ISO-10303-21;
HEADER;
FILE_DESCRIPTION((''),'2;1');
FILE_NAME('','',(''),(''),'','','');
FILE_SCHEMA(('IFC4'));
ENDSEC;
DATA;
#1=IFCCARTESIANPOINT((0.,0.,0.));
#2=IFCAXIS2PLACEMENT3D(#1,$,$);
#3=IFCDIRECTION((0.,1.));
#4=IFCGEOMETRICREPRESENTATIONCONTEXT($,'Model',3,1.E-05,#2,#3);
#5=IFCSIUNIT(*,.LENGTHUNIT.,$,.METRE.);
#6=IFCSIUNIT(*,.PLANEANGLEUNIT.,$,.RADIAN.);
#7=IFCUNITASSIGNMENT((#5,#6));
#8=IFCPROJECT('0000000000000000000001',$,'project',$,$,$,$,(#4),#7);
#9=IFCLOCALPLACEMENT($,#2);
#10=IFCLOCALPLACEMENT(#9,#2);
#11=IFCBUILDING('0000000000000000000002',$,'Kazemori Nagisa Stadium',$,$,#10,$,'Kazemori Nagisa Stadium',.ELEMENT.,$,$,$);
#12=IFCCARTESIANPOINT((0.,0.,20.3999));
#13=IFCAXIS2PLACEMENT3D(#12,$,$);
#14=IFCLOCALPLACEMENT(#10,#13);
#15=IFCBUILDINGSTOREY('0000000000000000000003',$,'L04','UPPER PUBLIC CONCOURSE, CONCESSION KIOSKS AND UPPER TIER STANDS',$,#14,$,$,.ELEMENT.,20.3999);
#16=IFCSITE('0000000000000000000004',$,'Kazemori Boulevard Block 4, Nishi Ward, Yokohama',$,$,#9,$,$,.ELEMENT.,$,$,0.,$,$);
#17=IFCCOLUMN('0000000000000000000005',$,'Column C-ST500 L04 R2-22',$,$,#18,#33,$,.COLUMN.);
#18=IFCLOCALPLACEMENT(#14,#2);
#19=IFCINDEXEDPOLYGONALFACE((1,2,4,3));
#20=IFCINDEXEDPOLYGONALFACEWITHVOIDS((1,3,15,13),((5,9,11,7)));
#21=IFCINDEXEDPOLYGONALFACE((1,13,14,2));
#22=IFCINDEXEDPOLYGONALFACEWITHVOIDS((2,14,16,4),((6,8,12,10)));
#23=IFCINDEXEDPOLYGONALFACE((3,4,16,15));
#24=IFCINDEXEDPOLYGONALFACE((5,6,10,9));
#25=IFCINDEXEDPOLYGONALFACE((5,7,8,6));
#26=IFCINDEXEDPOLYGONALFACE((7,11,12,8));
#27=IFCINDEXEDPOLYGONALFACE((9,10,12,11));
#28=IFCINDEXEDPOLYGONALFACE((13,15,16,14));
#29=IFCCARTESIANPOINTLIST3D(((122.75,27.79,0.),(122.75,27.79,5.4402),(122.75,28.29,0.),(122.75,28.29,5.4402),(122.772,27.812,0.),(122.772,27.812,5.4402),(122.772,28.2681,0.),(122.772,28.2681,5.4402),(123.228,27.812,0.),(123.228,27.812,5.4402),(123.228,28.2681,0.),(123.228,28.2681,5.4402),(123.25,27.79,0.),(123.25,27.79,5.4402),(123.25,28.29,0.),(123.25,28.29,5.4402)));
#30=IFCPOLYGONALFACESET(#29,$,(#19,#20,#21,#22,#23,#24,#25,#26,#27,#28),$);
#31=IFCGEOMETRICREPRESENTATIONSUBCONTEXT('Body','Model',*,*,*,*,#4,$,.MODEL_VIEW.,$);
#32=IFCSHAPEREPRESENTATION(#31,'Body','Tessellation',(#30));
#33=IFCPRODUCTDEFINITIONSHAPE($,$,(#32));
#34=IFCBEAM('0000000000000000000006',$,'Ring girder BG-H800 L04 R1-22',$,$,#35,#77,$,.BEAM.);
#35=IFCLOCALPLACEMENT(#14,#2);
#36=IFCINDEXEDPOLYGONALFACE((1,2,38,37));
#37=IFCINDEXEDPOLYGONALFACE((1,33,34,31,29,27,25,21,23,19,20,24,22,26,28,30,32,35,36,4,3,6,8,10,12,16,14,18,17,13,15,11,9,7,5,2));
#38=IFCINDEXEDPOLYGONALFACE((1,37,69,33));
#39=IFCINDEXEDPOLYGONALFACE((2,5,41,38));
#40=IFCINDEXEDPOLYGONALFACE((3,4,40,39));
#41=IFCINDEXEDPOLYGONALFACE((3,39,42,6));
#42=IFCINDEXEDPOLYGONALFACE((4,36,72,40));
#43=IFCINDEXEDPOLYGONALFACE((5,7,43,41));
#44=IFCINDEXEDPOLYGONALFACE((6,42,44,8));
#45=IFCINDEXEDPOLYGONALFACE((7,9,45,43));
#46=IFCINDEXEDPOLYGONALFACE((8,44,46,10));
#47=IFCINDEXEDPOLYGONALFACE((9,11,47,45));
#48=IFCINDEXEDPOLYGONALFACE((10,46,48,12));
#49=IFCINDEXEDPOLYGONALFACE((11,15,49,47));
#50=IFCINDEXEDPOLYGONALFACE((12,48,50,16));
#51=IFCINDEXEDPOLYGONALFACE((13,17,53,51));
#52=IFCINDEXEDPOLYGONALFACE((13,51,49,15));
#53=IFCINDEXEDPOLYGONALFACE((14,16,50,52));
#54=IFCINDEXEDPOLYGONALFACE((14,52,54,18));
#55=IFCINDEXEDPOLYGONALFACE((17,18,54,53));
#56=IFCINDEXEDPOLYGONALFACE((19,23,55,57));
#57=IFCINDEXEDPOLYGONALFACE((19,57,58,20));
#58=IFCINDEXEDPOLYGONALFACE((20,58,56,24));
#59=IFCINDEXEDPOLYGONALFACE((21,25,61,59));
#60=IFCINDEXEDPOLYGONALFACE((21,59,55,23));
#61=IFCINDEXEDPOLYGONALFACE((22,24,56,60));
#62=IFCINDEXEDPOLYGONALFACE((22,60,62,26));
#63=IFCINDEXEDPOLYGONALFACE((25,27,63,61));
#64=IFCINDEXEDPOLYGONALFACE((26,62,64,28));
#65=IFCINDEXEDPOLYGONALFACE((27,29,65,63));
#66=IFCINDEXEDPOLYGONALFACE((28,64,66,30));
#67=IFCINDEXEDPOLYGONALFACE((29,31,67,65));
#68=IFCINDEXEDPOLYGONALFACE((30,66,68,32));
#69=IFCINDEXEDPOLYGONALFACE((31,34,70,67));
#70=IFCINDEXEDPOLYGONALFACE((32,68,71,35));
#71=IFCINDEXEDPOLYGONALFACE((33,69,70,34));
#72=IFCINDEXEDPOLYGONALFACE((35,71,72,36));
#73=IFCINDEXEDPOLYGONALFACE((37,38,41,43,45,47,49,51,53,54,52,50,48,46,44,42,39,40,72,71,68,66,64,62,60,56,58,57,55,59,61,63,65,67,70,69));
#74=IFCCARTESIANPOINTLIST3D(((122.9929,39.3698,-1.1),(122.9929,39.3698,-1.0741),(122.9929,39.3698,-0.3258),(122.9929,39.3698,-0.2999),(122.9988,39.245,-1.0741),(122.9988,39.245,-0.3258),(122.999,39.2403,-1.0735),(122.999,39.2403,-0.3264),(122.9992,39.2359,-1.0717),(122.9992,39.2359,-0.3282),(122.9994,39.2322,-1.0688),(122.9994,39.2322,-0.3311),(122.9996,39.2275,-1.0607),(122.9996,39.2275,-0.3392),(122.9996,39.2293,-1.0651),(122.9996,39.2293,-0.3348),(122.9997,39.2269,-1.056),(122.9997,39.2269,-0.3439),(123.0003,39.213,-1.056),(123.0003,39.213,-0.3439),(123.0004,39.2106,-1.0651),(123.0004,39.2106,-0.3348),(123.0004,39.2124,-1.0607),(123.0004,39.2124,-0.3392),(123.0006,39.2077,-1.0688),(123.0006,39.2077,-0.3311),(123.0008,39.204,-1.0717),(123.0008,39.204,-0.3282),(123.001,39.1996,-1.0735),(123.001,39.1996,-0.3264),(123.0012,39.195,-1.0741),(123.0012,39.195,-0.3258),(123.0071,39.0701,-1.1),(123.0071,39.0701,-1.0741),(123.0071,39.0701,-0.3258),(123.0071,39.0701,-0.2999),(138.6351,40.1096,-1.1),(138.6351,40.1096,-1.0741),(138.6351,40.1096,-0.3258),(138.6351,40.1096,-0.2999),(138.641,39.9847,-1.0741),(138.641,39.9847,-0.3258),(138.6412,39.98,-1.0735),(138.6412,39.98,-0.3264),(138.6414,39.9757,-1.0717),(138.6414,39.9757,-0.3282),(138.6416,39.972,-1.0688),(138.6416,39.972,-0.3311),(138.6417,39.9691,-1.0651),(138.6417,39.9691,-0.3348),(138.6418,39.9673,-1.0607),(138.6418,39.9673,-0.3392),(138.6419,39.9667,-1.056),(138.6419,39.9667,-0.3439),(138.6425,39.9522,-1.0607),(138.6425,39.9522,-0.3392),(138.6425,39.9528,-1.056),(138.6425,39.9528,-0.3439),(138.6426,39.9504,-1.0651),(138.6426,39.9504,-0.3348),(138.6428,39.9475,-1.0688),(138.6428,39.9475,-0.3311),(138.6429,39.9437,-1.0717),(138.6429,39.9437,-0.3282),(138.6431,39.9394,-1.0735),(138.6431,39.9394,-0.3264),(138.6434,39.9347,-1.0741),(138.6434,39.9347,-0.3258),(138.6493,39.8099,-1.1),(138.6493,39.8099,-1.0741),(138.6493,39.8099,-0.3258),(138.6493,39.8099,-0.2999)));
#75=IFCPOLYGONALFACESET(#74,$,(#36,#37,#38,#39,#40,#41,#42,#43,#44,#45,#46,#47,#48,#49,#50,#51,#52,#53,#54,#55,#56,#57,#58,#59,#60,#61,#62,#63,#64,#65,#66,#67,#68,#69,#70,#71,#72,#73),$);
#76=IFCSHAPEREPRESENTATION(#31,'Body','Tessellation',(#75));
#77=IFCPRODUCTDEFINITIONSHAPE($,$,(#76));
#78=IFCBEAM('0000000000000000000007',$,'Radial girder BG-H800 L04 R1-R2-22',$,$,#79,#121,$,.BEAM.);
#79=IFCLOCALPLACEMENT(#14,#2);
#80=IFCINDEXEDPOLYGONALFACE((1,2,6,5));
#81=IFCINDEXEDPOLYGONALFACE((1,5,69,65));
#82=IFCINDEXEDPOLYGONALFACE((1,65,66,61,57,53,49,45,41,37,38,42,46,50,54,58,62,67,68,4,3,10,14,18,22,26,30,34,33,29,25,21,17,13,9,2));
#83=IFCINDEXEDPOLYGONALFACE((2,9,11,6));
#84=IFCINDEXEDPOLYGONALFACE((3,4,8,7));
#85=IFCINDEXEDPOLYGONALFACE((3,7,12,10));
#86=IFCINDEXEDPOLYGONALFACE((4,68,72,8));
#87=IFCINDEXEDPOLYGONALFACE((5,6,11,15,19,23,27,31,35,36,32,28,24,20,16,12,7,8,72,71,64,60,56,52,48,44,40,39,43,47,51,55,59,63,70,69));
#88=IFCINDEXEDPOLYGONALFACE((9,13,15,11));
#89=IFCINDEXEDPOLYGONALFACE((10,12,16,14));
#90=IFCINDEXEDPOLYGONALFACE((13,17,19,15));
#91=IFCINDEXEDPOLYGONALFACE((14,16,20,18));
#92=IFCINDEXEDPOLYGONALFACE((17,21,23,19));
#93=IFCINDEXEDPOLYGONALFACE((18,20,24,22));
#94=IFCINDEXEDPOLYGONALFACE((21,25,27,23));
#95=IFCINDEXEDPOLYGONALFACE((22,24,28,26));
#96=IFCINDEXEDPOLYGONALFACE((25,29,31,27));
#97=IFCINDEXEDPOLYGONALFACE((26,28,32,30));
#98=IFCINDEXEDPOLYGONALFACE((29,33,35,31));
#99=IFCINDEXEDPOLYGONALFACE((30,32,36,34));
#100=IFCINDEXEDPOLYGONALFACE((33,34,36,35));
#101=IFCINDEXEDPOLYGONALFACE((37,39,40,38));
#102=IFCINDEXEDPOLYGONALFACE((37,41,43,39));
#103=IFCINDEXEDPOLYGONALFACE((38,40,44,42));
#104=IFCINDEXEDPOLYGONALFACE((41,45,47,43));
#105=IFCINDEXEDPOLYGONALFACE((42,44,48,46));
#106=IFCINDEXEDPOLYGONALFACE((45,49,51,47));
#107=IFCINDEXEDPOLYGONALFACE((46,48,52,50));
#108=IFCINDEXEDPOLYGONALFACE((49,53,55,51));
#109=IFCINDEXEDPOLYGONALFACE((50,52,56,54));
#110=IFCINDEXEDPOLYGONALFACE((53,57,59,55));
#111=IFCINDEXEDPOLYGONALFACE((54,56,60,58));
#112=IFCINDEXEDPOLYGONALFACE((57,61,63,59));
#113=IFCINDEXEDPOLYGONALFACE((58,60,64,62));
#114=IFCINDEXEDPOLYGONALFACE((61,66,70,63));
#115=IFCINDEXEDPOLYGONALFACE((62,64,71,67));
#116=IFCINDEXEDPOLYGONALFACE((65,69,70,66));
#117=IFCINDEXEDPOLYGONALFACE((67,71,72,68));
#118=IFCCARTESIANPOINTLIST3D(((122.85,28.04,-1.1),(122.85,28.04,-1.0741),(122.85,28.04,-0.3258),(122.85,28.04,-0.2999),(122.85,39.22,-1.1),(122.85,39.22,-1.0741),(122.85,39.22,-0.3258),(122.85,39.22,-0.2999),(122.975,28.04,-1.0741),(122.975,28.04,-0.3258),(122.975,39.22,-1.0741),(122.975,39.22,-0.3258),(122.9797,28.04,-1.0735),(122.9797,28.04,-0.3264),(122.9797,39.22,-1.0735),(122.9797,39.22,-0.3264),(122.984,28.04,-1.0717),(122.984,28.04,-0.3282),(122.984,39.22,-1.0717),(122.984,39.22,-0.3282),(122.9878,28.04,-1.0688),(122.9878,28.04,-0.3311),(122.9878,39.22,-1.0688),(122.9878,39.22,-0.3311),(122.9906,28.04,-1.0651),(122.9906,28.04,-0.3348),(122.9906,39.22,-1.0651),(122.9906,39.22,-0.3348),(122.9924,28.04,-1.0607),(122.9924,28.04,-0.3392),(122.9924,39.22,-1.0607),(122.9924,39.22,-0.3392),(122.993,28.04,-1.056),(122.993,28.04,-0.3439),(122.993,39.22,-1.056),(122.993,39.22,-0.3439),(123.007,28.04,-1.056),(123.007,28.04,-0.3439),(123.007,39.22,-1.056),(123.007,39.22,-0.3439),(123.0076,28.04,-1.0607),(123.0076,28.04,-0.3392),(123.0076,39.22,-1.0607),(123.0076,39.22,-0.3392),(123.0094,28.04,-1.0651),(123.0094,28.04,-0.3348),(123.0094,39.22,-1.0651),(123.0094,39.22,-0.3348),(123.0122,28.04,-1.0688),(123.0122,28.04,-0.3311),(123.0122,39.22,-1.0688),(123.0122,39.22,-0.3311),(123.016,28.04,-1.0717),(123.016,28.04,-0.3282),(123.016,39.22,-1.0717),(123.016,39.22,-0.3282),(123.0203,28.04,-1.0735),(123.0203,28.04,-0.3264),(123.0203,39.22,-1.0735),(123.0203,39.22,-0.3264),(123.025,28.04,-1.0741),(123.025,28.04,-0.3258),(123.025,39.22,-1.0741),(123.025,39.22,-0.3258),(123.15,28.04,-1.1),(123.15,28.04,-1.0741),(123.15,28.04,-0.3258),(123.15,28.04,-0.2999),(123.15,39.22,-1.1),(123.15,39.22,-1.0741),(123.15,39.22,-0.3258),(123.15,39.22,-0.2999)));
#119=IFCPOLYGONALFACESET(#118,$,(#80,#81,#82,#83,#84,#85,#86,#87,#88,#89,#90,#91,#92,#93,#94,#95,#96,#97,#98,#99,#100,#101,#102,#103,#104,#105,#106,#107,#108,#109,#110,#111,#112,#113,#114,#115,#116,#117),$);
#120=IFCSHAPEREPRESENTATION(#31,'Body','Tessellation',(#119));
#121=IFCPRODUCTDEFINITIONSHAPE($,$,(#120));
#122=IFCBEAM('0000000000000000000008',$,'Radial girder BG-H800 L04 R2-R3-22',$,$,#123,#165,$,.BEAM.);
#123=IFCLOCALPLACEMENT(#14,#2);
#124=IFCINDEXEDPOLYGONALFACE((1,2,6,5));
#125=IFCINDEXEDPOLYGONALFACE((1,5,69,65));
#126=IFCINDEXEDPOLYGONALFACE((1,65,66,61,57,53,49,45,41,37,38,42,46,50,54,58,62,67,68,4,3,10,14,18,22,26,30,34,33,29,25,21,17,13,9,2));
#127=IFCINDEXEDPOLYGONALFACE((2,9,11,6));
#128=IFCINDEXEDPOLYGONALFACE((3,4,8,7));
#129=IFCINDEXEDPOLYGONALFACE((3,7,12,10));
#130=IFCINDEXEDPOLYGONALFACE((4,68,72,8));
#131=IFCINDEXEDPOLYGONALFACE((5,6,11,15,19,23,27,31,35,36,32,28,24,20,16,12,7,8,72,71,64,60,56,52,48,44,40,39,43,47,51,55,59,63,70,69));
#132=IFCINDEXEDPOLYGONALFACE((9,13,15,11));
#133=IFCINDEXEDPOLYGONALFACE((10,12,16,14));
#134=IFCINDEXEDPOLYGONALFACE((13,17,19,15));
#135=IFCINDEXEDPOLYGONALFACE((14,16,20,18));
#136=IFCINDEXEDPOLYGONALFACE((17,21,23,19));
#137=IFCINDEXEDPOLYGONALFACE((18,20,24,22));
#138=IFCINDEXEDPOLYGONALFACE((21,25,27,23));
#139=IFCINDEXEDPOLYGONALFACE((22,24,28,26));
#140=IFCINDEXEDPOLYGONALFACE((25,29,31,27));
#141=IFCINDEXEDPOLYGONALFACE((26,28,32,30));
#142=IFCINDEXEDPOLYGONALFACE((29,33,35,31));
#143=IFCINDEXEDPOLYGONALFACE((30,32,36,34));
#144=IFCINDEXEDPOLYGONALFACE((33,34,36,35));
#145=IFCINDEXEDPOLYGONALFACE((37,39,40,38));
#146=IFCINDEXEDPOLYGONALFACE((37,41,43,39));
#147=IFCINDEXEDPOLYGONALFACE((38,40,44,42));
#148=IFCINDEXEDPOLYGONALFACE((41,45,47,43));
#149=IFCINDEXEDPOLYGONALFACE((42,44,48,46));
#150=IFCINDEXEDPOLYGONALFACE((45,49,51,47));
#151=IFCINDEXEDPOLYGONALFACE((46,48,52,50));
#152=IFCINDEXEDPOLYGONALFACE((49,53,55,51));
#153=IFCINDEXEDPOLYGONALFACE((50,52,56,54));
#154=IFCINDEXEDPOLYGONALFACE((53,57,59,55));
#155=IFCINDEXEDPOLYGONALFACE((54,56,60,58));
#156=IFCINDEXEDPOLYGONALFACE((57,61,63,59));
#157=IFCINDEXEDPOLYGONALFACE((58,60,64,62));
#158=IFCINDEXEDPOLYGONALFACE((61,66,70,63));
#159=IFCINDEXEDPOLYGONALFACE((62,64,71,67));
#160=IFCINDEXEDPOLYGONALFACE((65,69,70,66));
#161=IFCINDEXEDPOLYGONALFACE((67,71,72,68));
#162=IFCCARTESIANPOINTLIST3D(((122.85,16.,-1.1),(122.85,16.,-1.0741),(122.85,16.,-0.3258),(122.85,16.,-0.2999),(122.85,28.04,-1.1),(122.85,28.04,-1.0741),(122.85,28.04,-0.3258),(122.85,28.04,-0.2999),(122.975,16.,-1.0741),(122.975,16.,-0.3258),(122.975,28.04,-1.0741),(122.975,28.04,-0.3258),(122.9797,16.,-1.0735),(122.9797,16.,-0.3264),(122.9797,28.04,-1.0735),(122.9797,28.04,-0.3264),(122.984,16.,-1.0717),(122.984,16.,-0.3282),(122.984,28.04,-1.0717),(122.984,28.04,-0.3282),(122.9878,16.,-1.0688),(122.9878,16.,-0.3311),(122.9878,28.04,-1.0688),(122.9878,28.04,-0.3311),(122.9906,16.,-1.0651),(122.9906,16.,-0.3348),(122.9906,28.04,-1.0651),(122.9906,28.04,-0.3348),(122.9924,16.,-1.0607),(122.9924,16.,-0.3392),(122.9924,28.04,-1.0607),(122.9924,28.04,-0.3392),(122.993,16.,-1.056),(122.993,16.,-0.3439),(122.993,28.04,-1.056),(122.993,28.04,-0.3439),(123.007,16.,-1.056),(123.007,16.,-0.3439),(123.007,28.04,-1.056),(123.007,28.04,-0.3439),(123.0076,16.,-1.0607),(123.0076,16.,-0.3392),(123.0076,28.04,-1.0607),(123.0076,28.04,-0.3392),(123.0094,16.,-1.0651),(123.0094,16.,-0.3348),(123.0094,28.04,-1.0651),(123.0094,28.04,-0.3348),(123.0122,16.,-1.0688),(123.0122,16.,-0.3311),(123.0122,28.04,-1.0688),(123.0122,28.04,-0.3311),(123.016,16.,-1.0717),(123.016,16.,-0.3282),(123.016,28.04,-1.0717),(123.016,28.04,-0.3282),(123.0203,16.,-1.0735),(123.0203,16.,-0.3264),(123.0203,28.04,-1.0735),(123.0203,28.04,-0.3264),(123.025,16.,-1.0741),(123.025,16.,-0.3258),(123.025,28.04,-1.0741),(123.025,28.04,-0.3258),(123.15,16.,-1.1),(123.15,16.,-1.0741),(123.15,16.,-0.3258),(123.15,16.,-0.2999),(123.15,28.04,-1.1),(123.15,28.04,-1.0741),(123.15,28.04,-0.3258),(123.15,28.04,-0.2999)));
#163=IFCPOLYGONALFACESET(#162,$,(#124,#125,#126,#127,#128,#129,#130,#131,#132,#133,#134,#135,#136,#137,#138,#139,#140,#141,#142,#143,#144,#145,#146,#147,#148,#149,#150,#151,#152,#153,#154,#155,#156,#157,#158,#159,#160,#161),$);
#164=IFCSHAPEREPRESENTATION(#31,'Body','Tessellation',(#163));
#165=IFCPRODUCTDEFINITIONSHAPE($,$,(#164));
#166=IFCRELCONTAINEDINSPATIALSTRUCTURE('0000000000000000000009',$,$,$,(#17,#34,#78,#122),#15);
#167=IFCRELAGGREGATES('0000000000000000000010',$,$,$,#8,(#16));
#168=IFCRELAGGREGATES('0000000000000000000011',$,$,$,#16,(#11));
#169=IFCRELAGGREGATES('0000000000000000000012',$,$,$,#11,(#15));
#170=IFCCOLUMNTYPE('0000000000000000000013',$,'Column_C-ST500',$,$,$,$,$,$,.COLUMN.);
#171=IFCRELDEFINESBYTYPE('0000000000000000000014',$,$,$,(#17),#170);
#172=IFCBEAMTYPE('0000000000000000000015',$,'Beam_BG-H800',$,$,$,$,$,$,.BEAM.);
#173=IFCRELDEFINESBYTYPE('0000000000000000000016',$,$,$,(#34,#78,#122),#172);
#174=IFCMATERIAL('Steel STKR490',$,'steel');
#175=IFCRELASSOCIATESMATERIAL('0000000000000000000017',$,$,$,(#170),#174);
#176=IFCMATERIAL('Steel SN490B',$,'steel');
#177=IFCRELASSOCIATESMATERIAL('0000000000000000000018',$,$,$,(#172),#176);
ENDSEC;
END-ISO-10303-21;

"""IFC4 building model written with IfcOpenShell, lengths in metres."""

from ifc_helpers import new_model, si_unit, direction, frame, origin, origin_2d, place, context, subcontext, project, spatial, hollow_rectangle, i_section, extrude, material, material_profile, profile_set, type_object, element, save


model = new_model("IFC4")

# Units and contexts
model_context = context("Model", 3, precision=1e-05, world=origin(), true_north=direction((0.0, 1.0)))
body_context = subcontext(model_context, "Body", "Model", "MODEL_VIEW")
ifc_project = project(units=[si_unit("LENGTHUNIT", "METRE"), si_unit("PLANEANGLEUNIT", "RADIAN")], contexts=[model_context])

# Site, building, storey
site_placement = place(None, origin())
site = spatial("IfcSite", under=ifc_project, at=site_placement, Name="Kazemori Boulevard Block 4, Nishi Ward, Yokohama", CompositionType="ELEMENT", RefElevation=0.0)
building_placement = place(site_placement, origin())
building = spatial("IfcBuilding", under=site, at=building_placement, Name="Kazemori Nagisa Stadium", LongName="Kazemori Nagisa Stadium", CompositionType="ELEMENT")
storey_placement = place(building_placement, frame((0.0, 0.0, 20.3999)))
storey = spatial("IfcBuildingStorey", under=building, at=storey_placement, Name="L04", Description="UPPER PUBLIC CONCOURSE, CONCESSION KIOSKS AND UPPER TIER STANDS", CompositionType="ELEMENT", Elevation=20.3999)

# Column
ifc_material_1 = material(Name="Steel STKR490", Category="steel")
ifc_material_profile_1 = material_profile(ifc_material_1, hollow_rectangle(XDim=0.5, YDim=0.5, WallThickness=0.022, at=origin_2d()), Name="SHS-500x500x22")
ifc_profile_set_1 = profile_set([ifc_material_profile_1], Name="Steel STKR490")
column_type = type_object("IfcColumnType", Name="Column_C-ST500", PredefinedType="COLUMN", material=ifc_profile_set_1)
column_placement = place(storey_placement, frame((123.0, 28.04, 0.0), z_axis=(0.0, 0.0, 1.0), x_axis=(0.0, -1.0, 0.0)))
element("IfcColumn", 1, at=column_placement, inside=storey, type_object=column_type, Name="Column C-ST500 L04 R2-22", PredefinedType="COLUMN", context=body_context, shape_type="SweptSolid", body=[
    extrude(hollow_rectangle(XDim=0.5, YDim=0.5, WallThickness=0.022, at=origin_2d()), origin(), (0.0, 0.0, 1.0), 5.4402),
])

# Beams
ifc_material_2 = material(Name="Steel SN490B", Category="steel")
ifc_material_profile_2 = material_profile(ifc_material_2, i_section(OverallWidth=0.3, OverallDepth=0.8, WebThickness=0.0139, FlangeThickness=0.0259, FilletRadius=0.0181, at=origin_2d()), Name="H-800x300x14x26")
ifc_profile_set_2 = profile_set([ifc_material_profile_2], Name="Steel SN490B")
beam_type_1 = type_object("IfcBeamType", Name="Beam_BG-H800", PredefinedType="BEAM", material=ifc_profile_set_2)
beam_1_placement = place(storey_placement, frame((123.0, 39.22, -0.7), z_axis=(0.998884, 0.047239, 0.0), x_axis=(-0.047239, 0.998884, 0.0)))
element("IfcBeam", 2, at=beam_1_placement, inside=storey, type_object=beam_type_1, Name="Ring girder BG-H800 L04 R1-22", PredefinedType="BEAM", context=body_context, shape_type="SweptSolid", body=[
    extrude(i_section(OverallWidth=0.3, OverallDepth=0.8, WebThickness=0.0139, FlangeThickness=0.0259, FilletRadius=0.0181, at=origin_2d()), origin(), (0.0, 0.0, 1.0), 15.6597),
])
beam_2_placement = place(storey_placement, frame((123.0, 39.22, -0.7), z_axis=(0.0, -1.0, 0.0), x_axis=(1.0, 0.0, 0.0)))
element("IfcBeam", 3, at=beam_2_placement, inside=storey, type_object=beam_type_1, Name="Radial girder BG-H800 L04 R1-R2-22", PredefinedType="BEAM", context=body_context, shape_type="SweptSolid", body=[
    extrude(i_section(OverallWidth=0.3, OverallDepth=0.8, WebThickness=0.0139, FlangeThickness=0.0259, FilletRadius=0.0181, at=origin_2d()), origin(), (0.0, 0.0, 1.0), 11.1799),
])
beam_3_placement = place(storey_placement, frame((123.0, 28.04, -0.7), z_axis=(0.0, -1.0, 0.0), x_axis=(1.0, 0.0, 0.0)))
element("IfcBeam", 4, at=beam_3_placement, inside=storey, type_object=beam_type_1, Name="Radial girder BG-H800 L04 R2-R3-22", PredefinedType="BEAM", context=body_context, shape_type="SweptSolid", body=[
    extrude(i_section(OverallWidth=0.3, OverallDepth=0.8, WebThickness=0.0139, FlangeThickness=0.0259, FilletRadius=0.0181, at=origin_2d()), origin(), (0.0, 0.0, 1.0), 12.04),
])

save(model, "model.ifc")
